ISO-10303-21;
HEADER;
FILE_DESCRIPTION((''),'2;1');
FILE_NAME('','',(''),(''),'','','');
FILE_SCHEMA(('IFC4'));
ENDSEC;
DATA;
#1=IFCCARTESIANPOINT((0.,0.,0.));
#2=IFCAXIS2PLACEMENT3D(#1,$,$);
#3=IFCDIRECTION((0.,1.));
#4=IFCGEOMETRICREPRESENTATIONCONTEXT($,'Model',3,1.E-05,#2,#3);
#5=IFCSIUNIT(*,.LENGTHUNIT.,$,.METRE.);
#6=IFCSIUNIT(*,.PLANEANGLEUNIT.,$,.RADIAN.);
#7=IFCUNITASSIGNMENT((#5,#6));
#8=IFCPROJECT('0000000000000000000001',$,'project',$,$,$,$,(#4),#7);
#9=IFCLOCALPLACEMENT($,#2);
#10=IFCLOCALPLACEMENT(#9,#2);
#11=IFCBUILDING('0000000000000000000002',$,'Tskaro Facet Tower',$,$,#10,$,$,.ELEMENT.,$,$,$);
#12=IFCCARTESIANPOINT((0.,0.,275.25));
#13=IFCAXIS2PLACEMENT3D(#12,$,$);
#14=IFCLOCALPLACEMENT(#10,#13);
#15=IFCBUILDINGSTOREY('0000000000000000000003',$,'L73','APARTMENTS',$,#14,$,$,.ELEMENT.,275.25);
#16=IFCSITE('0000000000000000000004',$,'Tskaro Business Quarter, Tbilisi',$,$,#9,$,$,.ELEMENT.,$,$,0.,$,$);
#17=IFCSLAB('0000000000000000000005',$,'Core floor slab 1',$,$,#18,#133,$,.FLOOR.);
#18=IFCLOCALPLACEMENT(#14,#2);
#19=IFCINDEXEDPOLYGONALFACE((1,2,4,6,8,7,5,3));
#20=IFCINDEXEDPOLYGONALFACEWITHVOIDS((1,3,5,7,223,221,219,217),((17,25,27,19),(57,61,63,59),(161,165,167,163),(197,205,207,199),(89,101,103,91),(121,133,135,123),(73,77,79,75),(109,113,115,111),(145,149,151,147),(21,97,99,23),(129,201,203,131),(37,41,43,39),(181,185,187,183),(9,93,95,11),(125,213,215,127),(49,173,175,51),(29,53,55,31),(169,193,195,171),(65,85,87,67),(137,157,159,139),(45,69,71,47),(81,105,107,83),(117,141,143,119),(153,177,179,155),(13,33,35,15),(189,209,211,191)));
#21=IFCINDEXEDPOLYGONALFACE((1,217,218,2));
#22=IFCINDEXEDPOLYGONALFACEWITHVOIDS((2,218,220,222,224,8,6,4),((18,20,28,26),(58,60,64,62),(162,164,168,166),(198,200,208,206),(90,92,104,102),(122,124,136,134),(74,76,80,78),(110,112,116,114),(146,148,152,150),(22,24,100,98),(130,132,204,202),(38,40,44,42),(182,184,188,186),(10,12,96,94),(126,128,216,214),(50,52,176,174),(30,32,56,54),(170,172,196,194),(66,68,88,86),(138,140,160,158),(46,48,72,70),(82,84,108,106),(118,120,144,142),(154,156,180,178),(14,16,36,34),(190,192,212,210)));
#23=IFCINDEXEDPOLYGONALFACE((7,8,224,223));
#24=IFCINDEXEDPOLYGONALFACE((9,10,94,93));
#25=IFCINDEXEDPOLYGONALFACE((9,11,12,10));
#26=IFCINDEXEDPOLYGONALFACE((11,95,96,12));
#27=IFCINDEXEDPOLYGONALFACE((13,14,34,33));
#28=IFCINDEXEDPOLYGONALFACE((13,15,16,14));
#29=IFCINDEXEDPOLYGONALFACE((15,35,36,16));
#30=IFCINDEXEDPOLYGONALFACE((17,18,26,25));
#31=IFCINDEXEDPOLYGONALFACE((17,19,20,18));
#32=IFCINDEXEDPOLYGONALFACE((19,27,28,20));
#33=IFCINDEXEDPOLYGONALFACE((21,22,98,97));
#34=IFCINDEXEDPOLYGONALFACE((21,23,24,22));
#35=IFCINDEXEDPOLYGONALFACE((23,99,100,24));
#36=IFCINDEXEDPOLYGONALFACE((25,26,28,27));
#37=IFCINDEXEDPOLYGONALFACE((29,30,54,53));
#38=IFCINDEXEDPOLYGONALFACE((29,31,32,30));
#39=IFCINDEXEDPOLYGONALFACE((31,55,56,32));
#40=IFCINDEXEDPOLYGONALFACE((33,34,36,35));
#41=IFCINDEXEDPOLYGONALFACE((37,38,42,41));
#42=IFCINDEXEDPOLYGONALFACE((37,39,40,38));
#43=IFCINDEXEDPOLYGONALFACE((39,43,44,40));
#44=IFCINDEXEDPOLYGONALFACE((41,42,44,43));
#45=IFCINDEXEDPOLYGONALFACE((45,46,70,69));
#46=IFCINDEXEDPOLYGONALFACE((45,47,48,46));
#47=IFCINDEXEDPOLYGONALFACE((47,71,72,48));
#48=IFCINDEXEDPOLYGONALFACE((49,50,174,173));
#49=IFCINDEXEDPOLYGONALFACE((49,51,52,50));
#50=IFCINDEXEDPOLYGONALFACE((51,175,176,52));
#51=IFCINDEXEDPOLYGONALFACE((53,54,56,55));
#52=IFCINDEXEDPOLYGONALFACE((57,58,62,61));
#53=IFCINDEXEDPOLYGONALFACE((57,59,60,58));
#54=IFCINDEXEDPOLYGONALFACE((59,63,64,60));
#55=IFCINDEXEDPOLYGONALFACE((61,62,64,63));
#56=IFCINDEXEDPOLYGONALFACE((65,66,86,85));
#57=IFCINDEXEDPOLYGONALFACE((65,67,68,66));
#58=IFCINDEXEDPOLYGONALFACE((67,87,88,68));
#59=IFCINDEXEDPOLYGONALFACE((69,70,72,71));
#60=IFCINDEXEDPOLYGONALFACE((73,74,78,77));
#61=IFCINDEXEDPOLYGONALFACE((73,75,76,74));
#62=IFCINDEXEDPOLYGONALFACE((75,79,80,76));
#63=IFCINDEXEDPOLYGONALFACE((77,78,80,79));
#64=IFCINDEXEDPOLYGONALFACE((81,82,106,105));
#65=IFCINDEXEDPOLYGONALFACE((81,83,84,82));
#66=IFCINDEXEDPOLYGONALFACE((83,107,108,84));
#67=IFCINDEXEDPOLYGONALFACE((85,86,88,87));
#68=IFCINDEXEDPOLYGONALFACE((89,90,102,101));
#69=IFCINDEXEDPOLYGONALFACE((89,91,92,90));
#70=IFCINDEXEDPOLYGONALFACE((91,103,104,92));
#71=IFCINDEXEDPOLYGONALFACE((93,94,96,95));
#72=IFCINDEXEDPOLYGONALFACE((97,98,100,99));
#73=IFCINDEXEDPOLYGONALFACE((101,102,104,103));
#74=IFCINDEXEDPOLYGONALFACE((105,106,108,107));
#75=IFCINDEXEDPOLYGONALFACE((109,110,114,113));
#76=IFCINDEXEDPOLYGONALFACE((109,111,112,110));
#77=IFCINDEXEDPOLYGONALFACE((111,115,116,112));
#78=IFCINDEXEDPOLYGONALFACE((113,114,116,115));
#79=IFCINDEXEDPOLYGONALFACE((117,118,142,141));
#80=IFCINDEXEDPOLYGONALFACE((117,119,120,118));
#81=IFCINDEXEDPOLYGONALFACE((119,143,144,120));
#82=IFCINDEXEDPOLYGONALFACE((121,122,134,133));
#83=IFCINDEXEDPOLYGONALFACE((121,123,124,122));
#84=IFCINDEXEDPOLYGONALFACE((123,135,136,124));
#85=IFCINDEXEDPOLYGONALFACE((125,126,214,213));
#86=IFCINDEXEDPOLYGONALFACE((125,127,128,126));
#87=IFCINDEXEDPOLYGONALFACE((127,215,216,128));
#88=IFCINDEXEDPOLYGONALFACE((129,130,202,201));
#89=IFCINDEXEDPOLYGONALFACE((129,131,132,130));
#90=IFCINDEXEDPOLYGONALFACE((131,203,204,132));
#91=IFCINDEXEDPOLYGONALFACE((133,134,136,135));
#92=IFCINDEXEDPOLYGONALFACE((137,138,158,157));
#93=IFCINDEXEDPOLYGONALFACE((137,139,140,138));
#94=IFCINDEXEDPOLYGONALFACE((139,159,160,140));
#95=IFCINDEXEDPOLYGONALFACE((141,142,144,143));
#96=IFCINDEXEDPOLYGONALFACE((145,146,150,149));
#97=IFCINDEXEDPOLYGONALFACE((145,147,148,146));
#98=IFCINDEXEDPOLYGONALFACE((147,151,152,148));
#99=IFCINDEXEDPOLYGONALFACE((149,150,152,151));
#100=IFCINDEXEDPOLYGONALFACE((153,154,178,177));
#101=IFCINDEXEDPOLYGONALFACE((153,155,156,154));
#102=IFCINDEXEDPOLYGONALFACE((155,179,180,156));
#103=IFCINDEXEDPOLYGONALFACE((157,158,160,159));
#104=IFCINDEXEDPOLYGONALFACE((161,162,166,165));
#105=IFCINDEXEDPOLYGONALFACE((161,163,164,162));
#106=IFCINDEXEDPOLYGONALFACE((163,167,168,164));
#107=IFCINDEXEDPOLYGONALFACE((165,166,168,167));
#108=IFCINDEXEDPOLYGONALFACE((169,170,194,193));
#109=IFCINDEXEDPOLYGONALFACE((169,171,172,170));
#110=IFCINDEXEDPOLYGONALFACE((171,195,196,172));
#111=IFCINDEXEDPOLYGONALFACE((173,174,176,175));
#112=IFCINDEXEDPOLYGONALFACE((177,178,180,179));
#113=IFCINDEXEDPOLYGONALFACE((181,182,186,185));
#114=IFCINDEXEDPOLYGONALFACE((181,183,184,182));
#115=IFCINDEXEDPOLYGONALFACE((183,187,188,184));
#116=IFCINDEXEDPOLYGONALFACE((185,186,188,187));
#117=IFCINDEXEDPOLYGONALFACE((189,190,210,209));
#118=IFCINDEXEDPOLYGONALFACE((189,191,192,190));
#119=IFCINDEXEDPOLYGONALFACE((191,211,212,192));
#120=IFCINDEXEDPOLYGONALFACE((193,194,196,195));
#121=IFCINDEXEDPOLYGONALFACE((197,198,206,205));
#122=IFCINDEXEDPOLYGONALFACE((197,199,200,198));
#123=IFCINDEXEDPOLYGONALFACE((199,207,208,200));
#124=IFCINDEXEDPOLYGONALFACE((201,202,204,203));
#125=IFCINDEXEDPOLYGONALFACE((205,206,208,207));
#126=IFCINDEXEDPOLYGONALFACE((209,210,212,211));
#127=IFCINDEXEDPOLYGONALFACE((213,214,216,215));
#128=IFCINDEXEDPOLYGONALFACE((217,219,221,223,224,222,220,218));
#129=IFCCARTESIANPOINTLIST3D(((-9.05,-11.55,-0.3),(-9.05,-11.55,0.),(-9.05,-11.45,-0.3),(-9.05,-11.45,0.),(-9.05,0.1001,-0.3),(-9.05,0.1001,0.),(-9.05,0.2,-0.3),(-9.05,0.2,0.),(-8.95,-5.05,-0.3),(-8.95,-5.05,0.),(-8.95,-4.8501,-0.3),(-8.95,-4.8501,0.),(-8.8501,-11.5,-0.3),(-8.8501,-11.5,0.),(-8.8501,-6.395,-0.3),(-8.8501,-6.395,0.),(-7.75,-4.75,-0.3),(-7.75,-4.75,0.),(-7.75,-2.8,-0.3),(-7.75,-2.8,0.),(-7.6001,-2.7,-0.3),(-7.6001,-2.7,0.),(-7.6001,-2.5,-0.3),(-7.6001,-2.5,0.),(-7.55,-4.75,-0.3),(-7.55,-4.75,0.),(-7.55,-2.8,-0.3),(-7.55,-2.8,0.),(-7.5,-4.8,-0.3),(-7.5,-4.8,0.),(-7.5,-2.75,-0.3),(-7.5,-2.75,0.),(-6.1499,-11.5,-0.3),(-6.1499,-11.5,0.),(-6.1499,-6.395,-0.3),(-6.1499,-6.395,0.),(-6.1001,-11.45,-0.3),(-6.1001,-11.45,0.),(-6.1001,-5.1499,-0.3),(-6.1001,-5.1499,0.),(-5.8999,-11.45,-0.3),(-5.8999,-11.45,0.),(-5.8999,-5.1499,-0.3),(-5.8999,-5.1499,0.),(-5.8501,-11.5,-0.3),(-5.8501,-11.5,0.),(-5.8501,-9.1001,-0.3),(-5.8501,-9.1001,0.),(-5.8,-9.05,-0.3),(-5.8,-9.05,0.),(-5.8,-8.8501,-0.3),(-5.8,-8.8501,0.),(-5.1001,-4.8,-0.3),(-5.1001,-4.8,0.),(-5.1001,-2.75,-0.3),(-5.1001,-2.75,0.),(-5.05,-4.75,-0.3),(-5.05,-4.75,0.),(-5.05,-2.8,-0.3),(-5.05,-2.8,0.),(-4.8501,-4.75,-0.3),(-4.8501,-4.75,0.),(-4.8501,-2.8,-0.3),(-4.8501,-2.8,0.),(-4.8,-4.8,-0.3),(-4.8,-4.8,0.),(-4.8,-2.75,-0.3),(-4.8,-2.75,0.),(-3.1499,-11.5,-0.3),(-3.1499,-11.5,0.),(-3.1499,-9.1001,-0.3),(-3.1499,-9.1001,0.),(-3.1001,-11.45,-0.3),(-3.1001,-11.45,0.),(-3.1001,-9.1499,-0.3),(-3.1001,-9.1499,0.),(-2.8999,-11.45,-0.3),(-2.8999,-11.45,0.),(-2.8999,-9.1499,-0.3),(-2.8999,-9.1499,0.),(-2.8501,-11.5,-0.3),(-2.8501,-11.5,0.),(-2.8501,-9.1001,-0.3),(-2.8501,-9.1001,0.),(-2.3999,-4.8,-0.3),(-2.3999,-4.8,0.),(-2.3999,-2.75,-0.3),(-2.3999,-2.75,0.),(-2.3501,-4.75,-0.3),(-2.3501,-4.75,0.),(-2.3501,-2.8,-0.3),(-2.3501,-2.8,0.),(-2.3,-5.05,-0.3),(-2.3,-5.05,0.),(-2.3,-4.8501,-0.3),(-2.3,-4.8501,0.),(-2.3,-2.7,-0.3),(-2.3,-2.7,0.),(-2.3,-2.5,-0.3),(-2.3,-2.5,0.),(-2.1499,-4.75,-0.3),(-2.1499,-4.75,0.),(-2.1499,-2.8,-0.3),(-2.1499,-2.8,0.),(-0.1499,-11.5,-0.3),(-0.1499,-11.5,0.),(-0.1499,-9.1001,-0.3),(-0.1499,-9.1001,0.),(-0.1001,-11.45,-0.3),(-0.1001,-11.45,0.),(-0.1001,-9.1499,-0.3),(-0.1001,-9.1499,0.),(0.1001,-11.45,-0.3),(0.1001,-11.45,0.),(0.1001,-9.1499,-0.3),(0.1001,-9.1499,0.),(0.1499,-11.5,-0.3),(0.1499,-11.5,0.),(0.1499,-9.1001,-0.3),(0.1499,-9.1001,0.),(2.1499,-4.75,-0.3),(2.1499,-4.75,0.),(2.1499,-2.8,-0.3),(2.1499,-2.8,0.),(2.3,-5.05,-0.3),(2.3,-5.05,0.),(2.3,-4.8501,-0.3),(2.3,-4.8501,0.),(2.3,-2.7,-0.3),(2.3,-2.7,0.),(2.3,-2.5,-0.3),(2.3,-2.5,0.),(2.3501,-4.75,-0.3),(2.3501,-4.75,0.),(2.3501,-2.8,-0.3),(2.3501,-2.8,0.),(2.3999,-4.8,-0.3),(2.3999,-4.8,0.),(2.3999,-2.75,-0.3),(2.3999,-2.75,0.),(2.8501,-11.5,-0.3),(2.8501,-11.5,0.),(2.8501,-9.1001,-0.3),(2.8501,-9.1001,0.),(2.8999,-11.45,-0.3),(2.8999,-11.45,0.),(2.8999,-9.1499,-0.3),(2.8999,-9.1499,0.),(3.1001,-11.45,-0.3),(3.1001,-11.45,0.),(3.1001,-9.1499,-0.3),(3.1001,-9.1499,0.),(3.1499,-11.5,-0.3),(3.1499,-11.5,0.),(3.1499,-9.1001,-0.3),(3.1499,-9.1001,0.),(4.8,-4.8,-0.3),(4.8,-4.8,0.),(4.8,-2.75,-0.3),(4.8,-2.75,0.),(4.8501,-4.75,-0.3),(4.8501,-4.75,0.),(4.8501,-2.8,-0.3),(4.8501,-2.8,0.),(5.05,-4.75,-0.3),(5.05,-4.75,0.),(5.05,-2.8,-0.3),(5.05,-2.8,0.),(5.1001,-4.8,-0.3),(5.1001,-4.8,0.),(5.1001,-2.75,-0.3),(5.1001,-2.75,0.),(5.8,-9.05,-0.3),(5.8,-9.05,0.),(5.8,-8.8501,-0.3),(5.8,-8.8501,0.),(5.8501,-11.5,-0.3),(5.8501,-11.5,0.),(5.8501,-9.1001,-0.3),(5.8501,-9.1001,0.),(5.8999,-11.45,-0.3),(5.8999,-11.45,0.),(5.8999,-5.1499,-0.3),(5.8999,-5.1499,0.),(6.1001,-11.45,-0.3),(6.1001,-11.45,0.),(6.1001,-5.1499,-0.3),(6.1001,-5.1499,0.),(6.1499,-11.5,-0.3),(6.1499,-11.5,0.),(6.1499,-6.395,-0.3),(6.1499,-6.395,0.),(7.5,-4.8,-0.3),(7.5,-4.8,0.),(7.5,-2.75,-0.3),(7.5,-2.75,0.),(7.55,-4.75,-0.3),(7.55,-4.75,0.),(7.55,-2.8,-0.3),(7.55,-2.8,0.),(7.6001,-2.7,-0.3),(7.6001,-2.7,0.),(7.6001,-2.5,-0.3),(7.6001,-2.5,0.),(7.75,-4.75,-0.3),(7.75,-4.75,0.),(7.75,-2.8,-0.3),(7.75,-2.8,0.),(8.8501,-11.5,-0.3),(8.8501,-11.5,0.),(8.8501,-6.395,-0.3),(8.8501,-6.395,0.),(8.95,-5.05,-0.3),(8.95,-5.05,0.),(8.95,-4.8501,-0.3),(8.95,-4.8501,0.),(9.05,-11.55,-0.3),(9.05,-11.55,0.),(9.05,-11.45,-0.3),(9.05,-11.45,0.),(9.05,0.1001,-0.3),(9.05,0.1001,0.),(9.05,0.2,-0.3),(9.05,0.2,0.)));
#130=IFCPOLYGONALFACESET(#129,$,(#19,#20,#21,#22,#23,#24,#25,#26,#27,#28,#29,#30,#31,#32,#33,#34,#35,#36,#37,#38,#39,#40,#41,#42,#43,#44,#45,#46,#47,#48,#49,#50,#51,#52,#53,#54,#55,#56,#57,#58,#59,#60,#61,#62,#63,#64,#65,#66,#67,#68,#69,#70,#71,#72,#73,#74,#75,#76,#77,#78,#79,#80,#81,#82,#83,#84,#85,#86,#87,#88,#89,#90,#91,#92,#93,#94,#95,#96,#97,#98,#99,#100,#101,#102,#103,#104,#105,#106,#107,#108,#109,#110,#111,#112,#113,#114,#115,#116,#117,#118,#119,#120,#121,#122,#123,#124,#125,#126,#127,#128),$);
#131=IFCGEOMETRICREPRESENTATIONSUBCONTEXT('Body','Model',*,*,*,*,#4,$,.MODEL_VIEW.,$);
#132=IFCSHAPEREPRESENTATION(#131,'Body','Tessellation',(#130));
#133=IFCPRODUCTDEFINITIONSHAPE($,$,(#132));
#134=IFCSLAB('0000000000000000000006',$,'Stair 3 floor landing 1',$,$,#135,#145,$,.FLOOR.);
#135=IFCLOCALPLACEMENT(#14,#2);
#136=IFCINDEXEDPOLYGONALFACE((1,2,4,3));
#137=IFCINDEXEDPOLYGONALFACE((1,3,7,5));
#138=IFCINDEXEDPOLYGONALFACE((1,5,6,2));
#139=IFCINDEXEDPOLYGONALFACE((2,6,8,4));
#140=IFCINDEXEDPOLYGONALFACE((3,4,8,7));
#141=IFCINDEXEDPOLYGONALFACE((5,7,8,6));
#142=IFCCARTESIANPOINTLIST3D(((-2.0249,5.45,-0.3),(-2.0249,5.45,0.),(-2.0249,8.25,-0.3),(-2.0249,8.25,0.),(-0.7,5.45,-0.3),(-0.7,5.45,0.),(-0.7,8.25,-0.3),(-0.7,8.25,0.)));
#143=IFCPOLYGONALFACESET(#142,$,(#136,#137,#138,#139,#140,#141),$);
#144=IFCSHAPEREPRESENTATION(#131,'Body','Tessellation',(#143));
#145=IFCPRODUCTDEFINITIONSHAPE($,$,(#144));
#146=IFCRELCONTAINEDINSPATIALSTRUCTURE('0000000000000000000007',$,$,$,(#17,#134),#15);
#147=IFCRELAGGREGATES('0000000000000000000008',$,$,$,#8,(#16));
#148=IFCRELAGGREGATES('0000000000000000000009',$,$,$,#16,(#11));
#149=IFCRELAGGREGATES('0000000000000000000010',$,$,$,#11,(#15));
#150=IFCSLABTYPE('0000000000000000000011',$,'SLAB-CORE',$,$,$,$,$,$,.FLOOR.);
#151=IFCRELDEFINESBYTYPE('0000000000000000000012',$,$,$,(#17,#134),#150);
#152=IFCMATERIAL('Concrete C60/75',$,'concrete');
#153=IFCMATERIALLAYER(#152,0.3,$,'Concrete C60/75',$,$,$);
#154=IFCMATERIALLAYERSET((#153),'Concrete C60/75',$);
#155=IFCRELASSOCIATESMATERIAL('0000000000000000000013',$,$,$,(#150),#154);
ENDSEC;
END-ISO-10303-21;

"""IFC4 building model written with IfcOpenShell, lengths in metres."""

from ifc_helpers import new_model, si_unit, direction, frame, origin, place, context, subcontext, project, spatial, polyline, outline, extrude, material, layer, layer_set, type_object, element, save


model = new_model("IFC4")

# Units and contexts
model_context = context("Model", 3, precision=1e-05, world=origin(), true_north=direction((0.0, 1.0)))
body_context = subcontext(model_context, "Body", "Model", "MODEL_VIEW")
ifc_project = project(units=[si_unit("LENGTHUNIT", "METRE"), si_unit("PLANEANGLEUNIT", "RADIAN")], contexts=[model_context])

# Site, building, storey
site_placement = place(None, origin())
site = spatial("IfcSite", under=ifc_project, at=site_placement, Name="Tskaro Business Quarter, Tbilisi", CompositionType="ELEMENT", RefElevation=0.0)
building_placement = place(site_placement, origin())
building = spatial("IfcBuilding", under=site, at=building_placement, Name="Tskaro Facet Tower", CompositionType="ELEMENT")
storey_placement = place(building_placement, frame((0.0, 0.0, 275.25)))
storey = spatial("IfcBuildingStorey", under=building, at=storey_placement, Name="L73", Description="APARTMENTS", CompositionType="ELEMENT", Elevation=275.25)

# Slabs
ifc_material_1 = material(Name="Concrete C60/75", Category="concrete")
ifc_layer_1 = layer(ifc_material_1, 0.3, Name="Concrete C60/75")
ifc_layer_set_1 = layer_set([ifc_layer_1], Name="Concrete C60/75")
slab_type_1 = type_object("IfcSlabType", Name="SLAB-CORE", PredefinedType="FLOOR", material=ifc_layer_set_1)
slab_1_placement = place(storey_placement, frame((0.0, 0.0, -0.3)))
element("IfcSlab", 1, at=slab_1_placement, inside=storey, type_object=slab_type_1, Name="Core floor slab 1", PredefinedType="FLOOR", context=body_context, shape_type="SweptSolid", body=[
    extrude(outline(polyline([(-9.05, 0.2), (9.05, 0.2), (9.05, 0.1001), (9.05, -11.45), (9.05, -11.55), (-9.05, -11.55), (-9.05, -11.45), (-9.05, 0.1001), (-9.05, 0.2)]), holes=[polyline([(-5.8501, -9.1001), (-5.8501, -11.5), (-3.1499, -11.5), (-3.1499, -9.1001), (-5.8501, -9.1001)]), polyline([(-3.1001, -11.45), (-2.8999, -11.45), (-2.8999, -9.1499), (-3.1001, -9.1499), (-3.1001, -11.45)]), polyline([(-2.8501, -9.1001), (-2.8501, -11.5), (-0.1499, -11.5), (-0.1499, -9.1001), (-2.8501, -9.1001)]), polyline([(-6.1001, -11.45), (-5.8999, -11.45), (-5.8999, -5.1499), (-6.1001, -5.1499), (-6.1001, -11.45)]), polyline([(-8.95, -5.05), (-2.3, -5.05), (-2.3, -4.8501), (-8.95, -4.8501), (-8.95, -5.05)]), polyline([(-7.75, -4.75), (-7.55, -4.75), (-7.55, -2.8), (-7.75, -2.8), (-7.75, -4.75)]), polyline([(-5.1001, -4.8), (-5.1001, -2.75), (-7.5, -2.75), (-7.5, -4.8), (-5.1001, -4.8)]), polyline([(-5.05, -4.75), (-4.8501, -4.75), (-4.8501, -2.8), (-5.05, -2.8), (-5.05, -4.75)]), polyline([(-4.8, -4.8), (-2.3999, -4.8), (-2.3999, -2.75), (-4.8, -2.75), (-4.8, -4.8)]), polyline([(-2.3501, -4.75), (-2.1499, -4.75), (-2.1499, -2.8), (-2.3501, -2.8), (-2.3501, -4.75)]), polyline([(-7.6001, -2.7), (-2.3, -2.7), (-2.3, -2.5), (-7.6001, -2.5), (-7.6001, -2.7)]), polyline([(-0.1001, -11.45), (0.1001, -11.45), (0.1001, -9.1499), (-0.1001, -9.1499), (-0.1001, -11.45)]), polyline([(0.1499, -9.1001), (0.1499, -11.5), (2.8501, -11.5), (2.8501, -9.1001), (0.1499, -9.1001)]), polyline([(2.8999, -11.45), (3.1001, -11.45), (3.1001, -9.1499), (2.8999, -9.1499), (2.8999, -11.45)]), polyline([(3.1499, -9.1001), (3.1499, -11.5), (5.8501, -11.5), (5.8501, -9.1001), (3.1499, -9.1001)]), polyline([(-5.8, -9.05), (5.8, -9.05), (5.8, -8.8501), (-5.8, -8.8501), (-5.8, -9.05)]), polyline([(5.8999, -11.45), (6.1001, -11.45), (6.1001, -5.1499), (5.8999, -5.1499), (5.8999, -11.45)]), polyline([(2.3, -5.05), (8.95, -5.05), (8.95, -4.8501), (2.3, -4.8501), (2.3, -5.05)]), polyline([(2.1499, -4.75), (2.3501, -4.75), (2.3501, -2.8), (2.1499, -2.8), (2.1499, -4.75)]), polyline([(2.3999, -2.75), (2.3999, -4.8), (4.8, -4.8), (4.8, -2.75), (2.3999, -2.75)]), polyline([(4.8501, -4.75), (5.05, -4.75), (5.05, -2.8), (4.8501, -2.8), (4.8501, -4.75)]), polyline([(5.1001, -2.75), (5.1001, -4.8), (7.5, -4.8), (7.5, -2.75), (5.1001, -2.75)]), polyline([(7.55, -4.75), (7.75, -4.75), (7.75, -2.8), (7.55, -2.8), (7.55, -4.75)]), polyline([(2.3, -2.7), (7.6001, -2.7), (7.6001, -2.5), (2.3, -2.5), (2.3, -2.7)]), polyline([(-8.8501, -11.5), (-6.1499, -11.5), (-6.1499, -6.395), (-8.8501, -6.395), (-8.8501, -11.5)]), polyline([(6.1499, -6.395), (6.1499, -11.5), (8.8501, -11.5), (8.8501, -6.395), (6.1499, -6.395)])]), origin(), (0.0, 0.0, 1.0), 0.3),
])
slab_2_placement = place(storey_placement, frame((0.0, 0.0, -0.3)))
element("IfcSlab", 2, at=slab_2_placement, inside=storey, type_object=slab_type_1, Name="Stair 3 floor landing 1", PredefinedType="FLOOR", context=body_context, shape_type="SweptSolid", body=[
    extrude(outline(polyline([(-2.0249, 5.45), (-0.7, 5.45), (-0.7, 8.25), (-2.0249, 8.25), (-2.0249, 5.45)])), origin(), (0.0, 0.0, 1.0), 0.3),
])

save(model, "model.ifc")
